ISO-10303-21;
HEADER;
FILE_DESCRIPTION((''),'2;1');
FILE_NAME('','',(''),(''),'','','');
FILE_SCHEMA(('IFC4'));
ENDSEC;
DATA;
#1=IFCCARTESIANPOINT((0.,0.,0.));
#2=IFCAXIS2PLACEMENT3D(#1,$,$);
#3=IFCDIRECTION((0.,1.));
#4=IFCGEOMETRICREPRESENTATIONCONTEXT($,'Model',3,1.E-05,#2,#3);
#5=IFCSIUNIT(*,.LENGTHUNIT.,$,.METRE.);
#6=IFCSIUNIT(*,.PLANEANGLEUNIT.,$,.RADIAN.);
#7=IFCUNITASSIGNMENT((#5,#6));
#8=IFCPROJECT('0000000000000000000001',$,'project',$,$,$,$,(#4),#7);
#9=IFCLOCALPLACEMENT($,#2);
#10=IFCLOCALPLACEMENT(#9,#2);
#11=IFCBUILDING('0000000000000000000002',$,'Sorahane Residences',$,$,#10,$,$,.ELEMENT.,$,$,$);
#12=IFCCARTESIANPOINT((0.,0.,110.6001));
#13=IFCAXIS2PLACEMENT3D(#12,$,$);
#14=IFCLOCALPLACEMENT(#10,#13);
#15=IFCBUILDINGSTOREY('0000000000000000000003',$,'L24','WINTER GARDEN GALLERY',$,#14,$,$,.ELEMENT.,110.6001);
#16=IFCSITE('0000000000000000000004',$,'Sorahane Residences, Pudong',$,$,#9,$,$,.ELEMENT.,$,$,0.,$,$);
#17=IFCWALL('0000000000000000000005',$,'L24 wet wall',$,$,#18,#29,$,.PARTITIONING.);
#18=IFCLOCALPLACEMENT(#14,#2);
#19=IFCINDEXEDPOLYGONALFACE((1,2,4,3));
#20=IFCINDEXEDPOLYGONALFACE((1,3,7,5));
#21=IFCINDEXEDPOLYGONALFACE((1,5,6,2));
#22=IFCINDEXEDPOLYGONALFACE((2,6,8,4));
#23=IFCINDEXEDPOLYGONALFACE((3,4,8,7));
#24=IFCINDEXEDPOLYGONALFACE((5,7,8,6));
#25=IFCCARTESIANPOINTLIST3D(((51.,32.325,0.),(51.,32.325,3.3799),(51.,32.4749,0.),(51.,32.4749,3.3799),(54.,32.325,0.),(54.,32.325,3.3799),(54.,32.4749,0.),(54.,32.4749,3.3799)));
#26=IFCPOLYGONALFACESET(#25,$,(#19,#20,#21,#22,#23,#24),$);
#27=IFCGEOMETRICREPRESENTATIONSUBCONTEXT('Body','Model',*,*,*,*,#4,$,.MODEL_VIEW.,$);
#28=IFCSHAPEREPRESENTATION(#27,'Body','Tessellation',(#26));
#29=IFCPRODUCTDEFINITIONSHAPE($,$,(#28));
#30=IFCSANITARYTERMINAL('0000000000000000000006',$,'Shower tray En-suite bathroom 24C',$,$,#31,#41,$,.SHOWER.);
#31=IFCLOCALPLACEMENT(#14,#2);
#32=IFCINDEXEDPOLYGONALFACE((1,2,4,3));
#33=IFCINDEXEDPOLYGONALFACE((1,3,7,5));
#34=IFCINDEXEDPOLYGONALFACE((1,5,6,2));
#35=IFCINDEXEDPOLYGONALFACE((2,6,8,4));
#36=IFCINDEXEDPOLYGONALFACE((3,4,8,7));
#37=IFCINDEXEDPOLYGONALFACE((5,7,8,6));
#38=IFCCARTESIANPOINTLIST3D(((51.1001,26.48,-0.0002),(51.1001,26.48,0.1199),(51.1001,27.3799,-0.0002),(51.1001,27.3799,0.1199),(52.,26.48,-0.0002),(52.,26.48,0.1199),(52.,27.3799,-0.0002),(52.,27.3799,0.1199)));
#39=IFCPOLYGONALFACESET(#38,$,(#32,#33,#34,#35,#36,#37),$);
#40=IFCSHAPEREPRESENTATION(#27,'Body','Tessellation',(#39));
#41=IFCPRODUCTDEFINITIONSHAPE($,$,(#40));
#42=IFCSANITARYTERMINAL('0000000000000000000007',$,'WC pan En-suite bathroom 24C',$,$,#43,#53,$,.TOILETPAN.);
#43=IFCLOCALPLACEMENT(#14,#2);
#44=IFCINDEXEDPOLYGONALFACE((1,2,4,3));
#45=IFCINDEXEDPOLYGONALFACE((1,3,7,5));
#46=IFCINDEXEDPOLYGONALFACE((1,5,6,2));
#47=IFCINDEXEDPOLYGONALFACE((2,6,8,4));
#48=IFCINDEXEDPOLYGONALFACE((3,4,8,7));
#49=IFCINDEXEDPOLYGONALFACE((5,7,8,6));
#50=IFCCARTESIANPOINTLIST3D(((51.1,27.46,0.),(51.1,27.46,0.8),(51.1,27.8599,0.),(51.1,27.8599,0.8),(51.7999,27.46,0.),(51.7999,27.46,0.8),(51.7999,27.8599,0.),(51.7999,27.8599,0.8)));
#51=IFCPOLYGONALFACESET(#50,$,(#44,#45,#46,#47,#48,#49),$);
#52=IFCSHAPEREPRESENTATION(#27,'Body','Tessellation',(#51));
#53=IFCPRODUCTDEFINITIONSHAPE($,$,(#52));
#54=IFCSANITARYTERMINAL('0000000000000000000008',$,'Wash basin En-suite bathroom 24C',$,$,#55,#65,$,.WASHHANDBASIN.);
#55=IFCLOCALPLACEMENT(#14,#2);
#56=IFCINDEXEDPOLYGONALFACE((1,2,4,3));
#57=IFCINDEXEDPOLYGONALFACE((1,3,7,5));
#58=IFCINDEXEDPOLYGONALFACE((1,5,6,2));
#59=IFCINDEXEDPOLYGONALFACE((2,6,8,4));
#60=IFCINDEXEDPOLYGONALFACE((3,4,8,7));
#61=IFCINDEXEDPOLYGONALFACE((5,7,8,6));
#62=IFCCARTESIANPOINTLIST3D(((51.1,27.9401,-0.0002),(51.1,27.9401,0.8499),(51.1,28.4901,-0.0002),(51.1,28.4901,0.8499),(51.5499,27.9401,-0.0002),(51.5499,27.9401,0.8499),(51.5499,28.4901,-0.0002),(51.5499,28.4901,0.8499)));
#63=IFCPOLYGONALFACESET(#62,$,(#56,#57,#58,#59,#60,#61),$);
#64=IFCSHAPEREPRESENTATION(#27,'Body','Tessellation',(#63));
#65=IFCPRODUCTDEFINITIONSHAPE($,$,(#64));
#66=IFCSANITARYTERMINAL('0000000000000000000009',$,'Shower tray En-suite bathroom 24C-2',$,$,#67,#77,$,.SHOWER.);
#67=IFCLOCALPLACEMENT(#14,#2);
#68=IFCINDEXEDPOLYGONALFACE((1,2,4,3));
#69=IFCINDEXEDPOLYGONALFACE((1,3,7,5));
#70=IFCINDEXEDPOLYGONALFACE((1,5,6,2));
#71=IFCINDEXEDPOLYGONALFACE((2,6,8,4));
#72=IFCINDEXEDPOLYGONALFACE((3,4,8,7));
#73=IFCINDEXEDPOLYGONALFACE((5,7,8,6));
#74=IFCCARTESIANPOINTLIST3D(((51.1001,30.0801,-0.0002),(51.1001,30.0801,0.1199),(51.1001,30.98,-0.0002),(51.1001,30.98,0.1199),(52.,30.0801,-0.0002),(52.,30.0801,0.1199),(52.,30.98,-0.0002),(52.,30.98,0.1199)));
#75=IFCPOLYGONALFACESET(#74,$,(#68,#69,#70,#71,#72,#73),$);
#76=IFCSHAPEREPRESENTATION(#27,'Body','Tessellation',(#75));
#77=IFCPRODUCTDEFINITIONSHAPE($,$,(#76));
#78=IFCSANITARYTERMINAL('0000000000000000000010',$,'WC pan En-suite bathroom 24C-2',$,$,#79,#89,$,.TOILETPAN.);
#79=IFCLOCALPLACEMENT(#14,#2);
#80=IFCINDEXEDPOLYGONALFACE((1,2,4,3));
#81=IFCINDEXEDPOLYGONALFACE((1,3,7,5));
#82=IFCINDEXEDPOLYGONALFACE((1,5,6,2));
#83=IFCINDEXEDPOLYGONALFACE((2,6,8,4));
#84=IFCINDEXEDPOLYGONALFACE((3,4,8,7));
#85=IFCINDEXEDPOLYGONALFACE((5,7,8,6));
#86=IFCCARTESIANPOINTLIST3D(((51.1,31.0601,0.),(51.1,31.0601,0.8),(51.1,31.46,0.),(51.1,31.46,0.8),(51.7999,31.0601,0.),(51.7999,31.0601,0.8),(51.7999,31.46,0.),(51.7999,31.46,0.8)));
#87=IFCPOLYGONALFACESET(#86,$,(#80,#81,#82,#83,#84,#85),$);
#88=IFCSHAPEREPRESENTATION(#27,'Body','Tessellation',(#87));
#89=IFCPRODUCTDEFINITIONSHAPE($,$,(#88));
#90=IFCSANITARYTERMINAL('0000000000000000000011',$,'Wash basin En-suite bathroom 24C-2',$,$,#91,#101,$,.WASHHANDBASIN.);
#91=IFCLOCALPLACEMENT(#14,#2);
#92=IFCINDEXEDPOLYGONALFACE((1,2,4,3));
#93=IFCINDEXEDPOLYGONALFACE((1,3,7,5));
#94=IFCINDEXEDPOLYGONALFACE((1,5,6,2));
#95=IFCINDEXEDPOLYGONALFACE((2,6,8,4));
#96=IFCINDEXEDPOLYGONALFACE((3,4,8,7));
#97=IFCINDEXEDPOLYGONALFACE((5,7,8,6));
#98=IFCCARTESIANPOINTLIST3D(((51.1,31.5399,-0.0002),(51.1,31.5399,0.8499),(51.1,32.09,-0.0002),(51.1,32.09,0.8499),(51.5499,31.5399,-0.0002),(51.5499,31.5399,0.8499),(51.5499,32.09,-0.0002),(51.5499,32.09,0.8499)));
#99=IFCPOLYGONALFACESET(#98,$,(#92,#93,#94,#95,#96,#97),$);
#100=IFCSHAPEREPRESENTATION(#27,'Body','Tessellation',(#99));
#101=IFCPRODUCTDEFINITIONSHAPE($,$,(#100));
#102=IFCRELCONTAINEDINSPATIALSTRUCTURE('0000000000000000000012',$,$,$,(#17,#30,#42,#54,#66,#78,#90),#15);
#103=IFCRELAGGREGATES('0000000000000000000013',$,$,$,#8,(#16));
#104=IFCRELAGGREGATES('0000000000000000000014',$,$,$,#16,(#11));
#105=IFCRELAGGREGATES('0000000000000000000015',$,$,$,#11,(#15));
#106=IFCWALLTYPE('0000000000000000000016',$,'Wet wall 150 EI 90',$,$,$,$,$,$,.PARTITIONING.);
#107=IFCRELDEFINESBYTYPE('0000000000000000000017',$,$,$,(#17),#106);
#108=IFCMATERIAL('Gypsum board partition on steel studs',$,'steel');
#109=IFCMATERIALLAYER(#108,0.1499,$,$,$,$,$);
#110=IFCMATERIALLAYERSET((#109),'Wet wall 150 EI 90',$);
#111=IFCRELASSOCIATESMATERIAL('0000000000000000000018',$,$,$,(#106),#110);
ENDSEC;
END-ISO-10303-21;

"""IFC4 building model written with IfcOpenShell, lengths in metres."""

from ifc_helpers import new_model, si_unit, direction, frame, frame_2d, origin, origin_2d, place, context, subcontext, project, spatial, rectangle, extrude, material, layer, layer_set, type_object, element, save


model = new_model("IFC4")

# Units and contexts
model_context = context("Model", 3, precision=1e-05, world=origin(), true_north=direction((0.0, 1.0)))
body_context = subcontext(model_context, "Body", "Model", "MODEL_VIEW")
ifc_project = project(units=[si_unit("LENGTHUNIT", "METRE"), si_unit("PLANEANGLEUNIT", "RADIAN")], contexts=[model_context])

# Site, building, storey
site_placement = place(None, origin())
site = spatial("IfcSite", under=ifc_project, at=site_placement, Name="Sorahane Residences, Pudong", CompositionType="ELEMENT", RefElevation=0.0)
building_placement = place(site_placement, origin())
building = spatial("IfcBuilding", under=site, at=building_placement, Name="Sorahane Residences", CompositionType="ELEMENT")
storey_placement = place(building_placement, frame((0.0, 0.0, 110.6001)))
storey = spatial("IfcBuildingStorey", under=building, at=storey_placement, Name="L24", Description="WINTER GARDEN GALLERY", CompositionType="ELEMENT", Elevation=110.6001)

# Shared definitions
ifc_material_1 = material(Name="Gypsum board partition on steel studs", Category="steel")
ifc_layer_1 = layer(ifc_material_1, 0.1499)
ifc_layer_set_1 = layer_set([ifc_layer_1], Name="Wet wall 150 EI 90")
wall_type_1 = type_object("IfcWallType", Name="Wet wall 150 EI 90", PredefinedType="PARTITIONING", material=ifc_layer_set_1)

# Wall
wall_1_placement = place(storey_placement, frame((51.0, 32.3999, 0.0), z_axis=(0.0, 0.0, 1.0), x_axis=(1.0, 0.0, 0.0)))
element("IfcWall", 1, at=wall_1_placement, inside=storey, type_object=wall_type_1, Name="L24 wet wall", PredefinedType="PARTITIONING", context=body_context, shape_type="SweptSolid", body=[
    extrude(rectangle(XDim=3.0, YDim=0.1499, at=frame_2d((1.5, 0.0))), origin(), (0.0, 0.0, 1.0), 3.3799),
])

# Sanitary terminals
sanitary_terminal_1_placement = place(storey_placement, frame((51.55, 26.9299, -0.0002), z_axis=(0.0, 0.0, 1.0), x_axis=(0.0, 1.0, 0.0)))
element("IfcSanitaryTerminal", 2, at=sanitary_terminal_1_placement, inside=storey, Name="Shower tray En-suite bathroom 24C", PredefinedType="SHOWER", context=body_context, shape_type="SweptSolid", body=[
    extrude(rectangle(XDim=0.8999, YDim=0.8999, at=origin_2d()), origin(), (0.0, 0.0, 1.0), 0.1201),
])
sanitary_terminal_2_placement = place(storey_placement, frame((51.45, 27.6599, 0.0), z_axis=(0.0, 0.0, 1.0), x_axis=(0.0, 1.0, 0.0)))
element("IfcSanitaryTerminal", 3, at=sanitary_terminal_2_placement, inside=storey, Name="WC pan En-suite bathroom 24C", PredefinedType="TOILETPAN", context=body_context, shape_type="SweptSolid", body=[
    extrude(rectangle(XDim=0.3999, YDim=0.7, at=origin_2d()), origin(), (0.0, 0.0, 1.0), 0.8),
])
sanitary_terminal_3_placement = place(storey_placement, frame((51.325, 28.2151, -0.0002), z_axis=(0.0, 0.0, 1.0), x_axis=(0.0, 1.0, 0.0)))
element("IfcSanitaryTerminal", 4, at=sanitary_terminal_3_placement, inside=storey, Name="Wash basin En-suite bathroom 24C", PredefinedType="WASHHANDBASIN", context=body_context, shape_type="SweptSolid", body=[
    extrude(rectangle(XDim=0.55, YDim=0.45, at=origin_2d()), origin(), (0.0, 0.0, 1.0), 0.8501),
])
sanitary_terminal_4_placement = place(storey_placement, frame((51.55, 30.53, -0.0002), z_axis=(0.0, 0.0, 1.0), x_axis=(0.0, 1.0, 0.0)))
element("IfcSanitaryTerminal", 5, at=sanitary_terminal_4_placement, inside=storey, Name="Shower tray En-suite bathroom 24C-2", PredefinedType="SHOWER", context=body_context, shape_type="SweptSolid", body=[
    extrude(rectangle(XDim=0.8999, YDim=0.8999, at=origin_2d()), origin(), (0.0, 0.0, 1.0), 0.1201),
])
sanitary_terminal_5_placement = place(storey_placement, frame((51.45, 31.26, 0.0), z_axis=(0.0, 0.0, 1.0), x_axis=(0.0, 1.0, 0.0)))
element("IfcSanitaryTerminal", 6, at=sanitary_terminal_5_placement, inside=storey, Name="WC pan En-suite bathroom 24C-2", PredefinedType="TOILETPAN", context=body_context, shape_type="SweptSolid", body=[
    extrude(rectangle(XDim=0.3999, YDim=0.7, at=origin_2d()), origin(), (0.0, 0.0, 1.0), 0.8),
])
sanitary_terminal_6_placement = place(storey_placement, frame((51.325, 31.8149, -0.0002), z_axis=(0.0, 0.0, 1.0), x_axis=(0.0, 1.0, 0.0)))
element("IfcSanitaryTerminal", 7, at=sanitary_terminal_6_placement, inside=storey, Name="Wash basin En-suite bathroom 24C-2", PredefinedType="WASHHANDBASIN", context=body_context, shape_type="SweptSolid", body=[
    extrude(rectangle(XDim=0.55, YDim=0.45, at=origin_2d()), origin(), (0.0, 0.0, 1.0), 0.8501),
])

save(model, "model.ifc")
